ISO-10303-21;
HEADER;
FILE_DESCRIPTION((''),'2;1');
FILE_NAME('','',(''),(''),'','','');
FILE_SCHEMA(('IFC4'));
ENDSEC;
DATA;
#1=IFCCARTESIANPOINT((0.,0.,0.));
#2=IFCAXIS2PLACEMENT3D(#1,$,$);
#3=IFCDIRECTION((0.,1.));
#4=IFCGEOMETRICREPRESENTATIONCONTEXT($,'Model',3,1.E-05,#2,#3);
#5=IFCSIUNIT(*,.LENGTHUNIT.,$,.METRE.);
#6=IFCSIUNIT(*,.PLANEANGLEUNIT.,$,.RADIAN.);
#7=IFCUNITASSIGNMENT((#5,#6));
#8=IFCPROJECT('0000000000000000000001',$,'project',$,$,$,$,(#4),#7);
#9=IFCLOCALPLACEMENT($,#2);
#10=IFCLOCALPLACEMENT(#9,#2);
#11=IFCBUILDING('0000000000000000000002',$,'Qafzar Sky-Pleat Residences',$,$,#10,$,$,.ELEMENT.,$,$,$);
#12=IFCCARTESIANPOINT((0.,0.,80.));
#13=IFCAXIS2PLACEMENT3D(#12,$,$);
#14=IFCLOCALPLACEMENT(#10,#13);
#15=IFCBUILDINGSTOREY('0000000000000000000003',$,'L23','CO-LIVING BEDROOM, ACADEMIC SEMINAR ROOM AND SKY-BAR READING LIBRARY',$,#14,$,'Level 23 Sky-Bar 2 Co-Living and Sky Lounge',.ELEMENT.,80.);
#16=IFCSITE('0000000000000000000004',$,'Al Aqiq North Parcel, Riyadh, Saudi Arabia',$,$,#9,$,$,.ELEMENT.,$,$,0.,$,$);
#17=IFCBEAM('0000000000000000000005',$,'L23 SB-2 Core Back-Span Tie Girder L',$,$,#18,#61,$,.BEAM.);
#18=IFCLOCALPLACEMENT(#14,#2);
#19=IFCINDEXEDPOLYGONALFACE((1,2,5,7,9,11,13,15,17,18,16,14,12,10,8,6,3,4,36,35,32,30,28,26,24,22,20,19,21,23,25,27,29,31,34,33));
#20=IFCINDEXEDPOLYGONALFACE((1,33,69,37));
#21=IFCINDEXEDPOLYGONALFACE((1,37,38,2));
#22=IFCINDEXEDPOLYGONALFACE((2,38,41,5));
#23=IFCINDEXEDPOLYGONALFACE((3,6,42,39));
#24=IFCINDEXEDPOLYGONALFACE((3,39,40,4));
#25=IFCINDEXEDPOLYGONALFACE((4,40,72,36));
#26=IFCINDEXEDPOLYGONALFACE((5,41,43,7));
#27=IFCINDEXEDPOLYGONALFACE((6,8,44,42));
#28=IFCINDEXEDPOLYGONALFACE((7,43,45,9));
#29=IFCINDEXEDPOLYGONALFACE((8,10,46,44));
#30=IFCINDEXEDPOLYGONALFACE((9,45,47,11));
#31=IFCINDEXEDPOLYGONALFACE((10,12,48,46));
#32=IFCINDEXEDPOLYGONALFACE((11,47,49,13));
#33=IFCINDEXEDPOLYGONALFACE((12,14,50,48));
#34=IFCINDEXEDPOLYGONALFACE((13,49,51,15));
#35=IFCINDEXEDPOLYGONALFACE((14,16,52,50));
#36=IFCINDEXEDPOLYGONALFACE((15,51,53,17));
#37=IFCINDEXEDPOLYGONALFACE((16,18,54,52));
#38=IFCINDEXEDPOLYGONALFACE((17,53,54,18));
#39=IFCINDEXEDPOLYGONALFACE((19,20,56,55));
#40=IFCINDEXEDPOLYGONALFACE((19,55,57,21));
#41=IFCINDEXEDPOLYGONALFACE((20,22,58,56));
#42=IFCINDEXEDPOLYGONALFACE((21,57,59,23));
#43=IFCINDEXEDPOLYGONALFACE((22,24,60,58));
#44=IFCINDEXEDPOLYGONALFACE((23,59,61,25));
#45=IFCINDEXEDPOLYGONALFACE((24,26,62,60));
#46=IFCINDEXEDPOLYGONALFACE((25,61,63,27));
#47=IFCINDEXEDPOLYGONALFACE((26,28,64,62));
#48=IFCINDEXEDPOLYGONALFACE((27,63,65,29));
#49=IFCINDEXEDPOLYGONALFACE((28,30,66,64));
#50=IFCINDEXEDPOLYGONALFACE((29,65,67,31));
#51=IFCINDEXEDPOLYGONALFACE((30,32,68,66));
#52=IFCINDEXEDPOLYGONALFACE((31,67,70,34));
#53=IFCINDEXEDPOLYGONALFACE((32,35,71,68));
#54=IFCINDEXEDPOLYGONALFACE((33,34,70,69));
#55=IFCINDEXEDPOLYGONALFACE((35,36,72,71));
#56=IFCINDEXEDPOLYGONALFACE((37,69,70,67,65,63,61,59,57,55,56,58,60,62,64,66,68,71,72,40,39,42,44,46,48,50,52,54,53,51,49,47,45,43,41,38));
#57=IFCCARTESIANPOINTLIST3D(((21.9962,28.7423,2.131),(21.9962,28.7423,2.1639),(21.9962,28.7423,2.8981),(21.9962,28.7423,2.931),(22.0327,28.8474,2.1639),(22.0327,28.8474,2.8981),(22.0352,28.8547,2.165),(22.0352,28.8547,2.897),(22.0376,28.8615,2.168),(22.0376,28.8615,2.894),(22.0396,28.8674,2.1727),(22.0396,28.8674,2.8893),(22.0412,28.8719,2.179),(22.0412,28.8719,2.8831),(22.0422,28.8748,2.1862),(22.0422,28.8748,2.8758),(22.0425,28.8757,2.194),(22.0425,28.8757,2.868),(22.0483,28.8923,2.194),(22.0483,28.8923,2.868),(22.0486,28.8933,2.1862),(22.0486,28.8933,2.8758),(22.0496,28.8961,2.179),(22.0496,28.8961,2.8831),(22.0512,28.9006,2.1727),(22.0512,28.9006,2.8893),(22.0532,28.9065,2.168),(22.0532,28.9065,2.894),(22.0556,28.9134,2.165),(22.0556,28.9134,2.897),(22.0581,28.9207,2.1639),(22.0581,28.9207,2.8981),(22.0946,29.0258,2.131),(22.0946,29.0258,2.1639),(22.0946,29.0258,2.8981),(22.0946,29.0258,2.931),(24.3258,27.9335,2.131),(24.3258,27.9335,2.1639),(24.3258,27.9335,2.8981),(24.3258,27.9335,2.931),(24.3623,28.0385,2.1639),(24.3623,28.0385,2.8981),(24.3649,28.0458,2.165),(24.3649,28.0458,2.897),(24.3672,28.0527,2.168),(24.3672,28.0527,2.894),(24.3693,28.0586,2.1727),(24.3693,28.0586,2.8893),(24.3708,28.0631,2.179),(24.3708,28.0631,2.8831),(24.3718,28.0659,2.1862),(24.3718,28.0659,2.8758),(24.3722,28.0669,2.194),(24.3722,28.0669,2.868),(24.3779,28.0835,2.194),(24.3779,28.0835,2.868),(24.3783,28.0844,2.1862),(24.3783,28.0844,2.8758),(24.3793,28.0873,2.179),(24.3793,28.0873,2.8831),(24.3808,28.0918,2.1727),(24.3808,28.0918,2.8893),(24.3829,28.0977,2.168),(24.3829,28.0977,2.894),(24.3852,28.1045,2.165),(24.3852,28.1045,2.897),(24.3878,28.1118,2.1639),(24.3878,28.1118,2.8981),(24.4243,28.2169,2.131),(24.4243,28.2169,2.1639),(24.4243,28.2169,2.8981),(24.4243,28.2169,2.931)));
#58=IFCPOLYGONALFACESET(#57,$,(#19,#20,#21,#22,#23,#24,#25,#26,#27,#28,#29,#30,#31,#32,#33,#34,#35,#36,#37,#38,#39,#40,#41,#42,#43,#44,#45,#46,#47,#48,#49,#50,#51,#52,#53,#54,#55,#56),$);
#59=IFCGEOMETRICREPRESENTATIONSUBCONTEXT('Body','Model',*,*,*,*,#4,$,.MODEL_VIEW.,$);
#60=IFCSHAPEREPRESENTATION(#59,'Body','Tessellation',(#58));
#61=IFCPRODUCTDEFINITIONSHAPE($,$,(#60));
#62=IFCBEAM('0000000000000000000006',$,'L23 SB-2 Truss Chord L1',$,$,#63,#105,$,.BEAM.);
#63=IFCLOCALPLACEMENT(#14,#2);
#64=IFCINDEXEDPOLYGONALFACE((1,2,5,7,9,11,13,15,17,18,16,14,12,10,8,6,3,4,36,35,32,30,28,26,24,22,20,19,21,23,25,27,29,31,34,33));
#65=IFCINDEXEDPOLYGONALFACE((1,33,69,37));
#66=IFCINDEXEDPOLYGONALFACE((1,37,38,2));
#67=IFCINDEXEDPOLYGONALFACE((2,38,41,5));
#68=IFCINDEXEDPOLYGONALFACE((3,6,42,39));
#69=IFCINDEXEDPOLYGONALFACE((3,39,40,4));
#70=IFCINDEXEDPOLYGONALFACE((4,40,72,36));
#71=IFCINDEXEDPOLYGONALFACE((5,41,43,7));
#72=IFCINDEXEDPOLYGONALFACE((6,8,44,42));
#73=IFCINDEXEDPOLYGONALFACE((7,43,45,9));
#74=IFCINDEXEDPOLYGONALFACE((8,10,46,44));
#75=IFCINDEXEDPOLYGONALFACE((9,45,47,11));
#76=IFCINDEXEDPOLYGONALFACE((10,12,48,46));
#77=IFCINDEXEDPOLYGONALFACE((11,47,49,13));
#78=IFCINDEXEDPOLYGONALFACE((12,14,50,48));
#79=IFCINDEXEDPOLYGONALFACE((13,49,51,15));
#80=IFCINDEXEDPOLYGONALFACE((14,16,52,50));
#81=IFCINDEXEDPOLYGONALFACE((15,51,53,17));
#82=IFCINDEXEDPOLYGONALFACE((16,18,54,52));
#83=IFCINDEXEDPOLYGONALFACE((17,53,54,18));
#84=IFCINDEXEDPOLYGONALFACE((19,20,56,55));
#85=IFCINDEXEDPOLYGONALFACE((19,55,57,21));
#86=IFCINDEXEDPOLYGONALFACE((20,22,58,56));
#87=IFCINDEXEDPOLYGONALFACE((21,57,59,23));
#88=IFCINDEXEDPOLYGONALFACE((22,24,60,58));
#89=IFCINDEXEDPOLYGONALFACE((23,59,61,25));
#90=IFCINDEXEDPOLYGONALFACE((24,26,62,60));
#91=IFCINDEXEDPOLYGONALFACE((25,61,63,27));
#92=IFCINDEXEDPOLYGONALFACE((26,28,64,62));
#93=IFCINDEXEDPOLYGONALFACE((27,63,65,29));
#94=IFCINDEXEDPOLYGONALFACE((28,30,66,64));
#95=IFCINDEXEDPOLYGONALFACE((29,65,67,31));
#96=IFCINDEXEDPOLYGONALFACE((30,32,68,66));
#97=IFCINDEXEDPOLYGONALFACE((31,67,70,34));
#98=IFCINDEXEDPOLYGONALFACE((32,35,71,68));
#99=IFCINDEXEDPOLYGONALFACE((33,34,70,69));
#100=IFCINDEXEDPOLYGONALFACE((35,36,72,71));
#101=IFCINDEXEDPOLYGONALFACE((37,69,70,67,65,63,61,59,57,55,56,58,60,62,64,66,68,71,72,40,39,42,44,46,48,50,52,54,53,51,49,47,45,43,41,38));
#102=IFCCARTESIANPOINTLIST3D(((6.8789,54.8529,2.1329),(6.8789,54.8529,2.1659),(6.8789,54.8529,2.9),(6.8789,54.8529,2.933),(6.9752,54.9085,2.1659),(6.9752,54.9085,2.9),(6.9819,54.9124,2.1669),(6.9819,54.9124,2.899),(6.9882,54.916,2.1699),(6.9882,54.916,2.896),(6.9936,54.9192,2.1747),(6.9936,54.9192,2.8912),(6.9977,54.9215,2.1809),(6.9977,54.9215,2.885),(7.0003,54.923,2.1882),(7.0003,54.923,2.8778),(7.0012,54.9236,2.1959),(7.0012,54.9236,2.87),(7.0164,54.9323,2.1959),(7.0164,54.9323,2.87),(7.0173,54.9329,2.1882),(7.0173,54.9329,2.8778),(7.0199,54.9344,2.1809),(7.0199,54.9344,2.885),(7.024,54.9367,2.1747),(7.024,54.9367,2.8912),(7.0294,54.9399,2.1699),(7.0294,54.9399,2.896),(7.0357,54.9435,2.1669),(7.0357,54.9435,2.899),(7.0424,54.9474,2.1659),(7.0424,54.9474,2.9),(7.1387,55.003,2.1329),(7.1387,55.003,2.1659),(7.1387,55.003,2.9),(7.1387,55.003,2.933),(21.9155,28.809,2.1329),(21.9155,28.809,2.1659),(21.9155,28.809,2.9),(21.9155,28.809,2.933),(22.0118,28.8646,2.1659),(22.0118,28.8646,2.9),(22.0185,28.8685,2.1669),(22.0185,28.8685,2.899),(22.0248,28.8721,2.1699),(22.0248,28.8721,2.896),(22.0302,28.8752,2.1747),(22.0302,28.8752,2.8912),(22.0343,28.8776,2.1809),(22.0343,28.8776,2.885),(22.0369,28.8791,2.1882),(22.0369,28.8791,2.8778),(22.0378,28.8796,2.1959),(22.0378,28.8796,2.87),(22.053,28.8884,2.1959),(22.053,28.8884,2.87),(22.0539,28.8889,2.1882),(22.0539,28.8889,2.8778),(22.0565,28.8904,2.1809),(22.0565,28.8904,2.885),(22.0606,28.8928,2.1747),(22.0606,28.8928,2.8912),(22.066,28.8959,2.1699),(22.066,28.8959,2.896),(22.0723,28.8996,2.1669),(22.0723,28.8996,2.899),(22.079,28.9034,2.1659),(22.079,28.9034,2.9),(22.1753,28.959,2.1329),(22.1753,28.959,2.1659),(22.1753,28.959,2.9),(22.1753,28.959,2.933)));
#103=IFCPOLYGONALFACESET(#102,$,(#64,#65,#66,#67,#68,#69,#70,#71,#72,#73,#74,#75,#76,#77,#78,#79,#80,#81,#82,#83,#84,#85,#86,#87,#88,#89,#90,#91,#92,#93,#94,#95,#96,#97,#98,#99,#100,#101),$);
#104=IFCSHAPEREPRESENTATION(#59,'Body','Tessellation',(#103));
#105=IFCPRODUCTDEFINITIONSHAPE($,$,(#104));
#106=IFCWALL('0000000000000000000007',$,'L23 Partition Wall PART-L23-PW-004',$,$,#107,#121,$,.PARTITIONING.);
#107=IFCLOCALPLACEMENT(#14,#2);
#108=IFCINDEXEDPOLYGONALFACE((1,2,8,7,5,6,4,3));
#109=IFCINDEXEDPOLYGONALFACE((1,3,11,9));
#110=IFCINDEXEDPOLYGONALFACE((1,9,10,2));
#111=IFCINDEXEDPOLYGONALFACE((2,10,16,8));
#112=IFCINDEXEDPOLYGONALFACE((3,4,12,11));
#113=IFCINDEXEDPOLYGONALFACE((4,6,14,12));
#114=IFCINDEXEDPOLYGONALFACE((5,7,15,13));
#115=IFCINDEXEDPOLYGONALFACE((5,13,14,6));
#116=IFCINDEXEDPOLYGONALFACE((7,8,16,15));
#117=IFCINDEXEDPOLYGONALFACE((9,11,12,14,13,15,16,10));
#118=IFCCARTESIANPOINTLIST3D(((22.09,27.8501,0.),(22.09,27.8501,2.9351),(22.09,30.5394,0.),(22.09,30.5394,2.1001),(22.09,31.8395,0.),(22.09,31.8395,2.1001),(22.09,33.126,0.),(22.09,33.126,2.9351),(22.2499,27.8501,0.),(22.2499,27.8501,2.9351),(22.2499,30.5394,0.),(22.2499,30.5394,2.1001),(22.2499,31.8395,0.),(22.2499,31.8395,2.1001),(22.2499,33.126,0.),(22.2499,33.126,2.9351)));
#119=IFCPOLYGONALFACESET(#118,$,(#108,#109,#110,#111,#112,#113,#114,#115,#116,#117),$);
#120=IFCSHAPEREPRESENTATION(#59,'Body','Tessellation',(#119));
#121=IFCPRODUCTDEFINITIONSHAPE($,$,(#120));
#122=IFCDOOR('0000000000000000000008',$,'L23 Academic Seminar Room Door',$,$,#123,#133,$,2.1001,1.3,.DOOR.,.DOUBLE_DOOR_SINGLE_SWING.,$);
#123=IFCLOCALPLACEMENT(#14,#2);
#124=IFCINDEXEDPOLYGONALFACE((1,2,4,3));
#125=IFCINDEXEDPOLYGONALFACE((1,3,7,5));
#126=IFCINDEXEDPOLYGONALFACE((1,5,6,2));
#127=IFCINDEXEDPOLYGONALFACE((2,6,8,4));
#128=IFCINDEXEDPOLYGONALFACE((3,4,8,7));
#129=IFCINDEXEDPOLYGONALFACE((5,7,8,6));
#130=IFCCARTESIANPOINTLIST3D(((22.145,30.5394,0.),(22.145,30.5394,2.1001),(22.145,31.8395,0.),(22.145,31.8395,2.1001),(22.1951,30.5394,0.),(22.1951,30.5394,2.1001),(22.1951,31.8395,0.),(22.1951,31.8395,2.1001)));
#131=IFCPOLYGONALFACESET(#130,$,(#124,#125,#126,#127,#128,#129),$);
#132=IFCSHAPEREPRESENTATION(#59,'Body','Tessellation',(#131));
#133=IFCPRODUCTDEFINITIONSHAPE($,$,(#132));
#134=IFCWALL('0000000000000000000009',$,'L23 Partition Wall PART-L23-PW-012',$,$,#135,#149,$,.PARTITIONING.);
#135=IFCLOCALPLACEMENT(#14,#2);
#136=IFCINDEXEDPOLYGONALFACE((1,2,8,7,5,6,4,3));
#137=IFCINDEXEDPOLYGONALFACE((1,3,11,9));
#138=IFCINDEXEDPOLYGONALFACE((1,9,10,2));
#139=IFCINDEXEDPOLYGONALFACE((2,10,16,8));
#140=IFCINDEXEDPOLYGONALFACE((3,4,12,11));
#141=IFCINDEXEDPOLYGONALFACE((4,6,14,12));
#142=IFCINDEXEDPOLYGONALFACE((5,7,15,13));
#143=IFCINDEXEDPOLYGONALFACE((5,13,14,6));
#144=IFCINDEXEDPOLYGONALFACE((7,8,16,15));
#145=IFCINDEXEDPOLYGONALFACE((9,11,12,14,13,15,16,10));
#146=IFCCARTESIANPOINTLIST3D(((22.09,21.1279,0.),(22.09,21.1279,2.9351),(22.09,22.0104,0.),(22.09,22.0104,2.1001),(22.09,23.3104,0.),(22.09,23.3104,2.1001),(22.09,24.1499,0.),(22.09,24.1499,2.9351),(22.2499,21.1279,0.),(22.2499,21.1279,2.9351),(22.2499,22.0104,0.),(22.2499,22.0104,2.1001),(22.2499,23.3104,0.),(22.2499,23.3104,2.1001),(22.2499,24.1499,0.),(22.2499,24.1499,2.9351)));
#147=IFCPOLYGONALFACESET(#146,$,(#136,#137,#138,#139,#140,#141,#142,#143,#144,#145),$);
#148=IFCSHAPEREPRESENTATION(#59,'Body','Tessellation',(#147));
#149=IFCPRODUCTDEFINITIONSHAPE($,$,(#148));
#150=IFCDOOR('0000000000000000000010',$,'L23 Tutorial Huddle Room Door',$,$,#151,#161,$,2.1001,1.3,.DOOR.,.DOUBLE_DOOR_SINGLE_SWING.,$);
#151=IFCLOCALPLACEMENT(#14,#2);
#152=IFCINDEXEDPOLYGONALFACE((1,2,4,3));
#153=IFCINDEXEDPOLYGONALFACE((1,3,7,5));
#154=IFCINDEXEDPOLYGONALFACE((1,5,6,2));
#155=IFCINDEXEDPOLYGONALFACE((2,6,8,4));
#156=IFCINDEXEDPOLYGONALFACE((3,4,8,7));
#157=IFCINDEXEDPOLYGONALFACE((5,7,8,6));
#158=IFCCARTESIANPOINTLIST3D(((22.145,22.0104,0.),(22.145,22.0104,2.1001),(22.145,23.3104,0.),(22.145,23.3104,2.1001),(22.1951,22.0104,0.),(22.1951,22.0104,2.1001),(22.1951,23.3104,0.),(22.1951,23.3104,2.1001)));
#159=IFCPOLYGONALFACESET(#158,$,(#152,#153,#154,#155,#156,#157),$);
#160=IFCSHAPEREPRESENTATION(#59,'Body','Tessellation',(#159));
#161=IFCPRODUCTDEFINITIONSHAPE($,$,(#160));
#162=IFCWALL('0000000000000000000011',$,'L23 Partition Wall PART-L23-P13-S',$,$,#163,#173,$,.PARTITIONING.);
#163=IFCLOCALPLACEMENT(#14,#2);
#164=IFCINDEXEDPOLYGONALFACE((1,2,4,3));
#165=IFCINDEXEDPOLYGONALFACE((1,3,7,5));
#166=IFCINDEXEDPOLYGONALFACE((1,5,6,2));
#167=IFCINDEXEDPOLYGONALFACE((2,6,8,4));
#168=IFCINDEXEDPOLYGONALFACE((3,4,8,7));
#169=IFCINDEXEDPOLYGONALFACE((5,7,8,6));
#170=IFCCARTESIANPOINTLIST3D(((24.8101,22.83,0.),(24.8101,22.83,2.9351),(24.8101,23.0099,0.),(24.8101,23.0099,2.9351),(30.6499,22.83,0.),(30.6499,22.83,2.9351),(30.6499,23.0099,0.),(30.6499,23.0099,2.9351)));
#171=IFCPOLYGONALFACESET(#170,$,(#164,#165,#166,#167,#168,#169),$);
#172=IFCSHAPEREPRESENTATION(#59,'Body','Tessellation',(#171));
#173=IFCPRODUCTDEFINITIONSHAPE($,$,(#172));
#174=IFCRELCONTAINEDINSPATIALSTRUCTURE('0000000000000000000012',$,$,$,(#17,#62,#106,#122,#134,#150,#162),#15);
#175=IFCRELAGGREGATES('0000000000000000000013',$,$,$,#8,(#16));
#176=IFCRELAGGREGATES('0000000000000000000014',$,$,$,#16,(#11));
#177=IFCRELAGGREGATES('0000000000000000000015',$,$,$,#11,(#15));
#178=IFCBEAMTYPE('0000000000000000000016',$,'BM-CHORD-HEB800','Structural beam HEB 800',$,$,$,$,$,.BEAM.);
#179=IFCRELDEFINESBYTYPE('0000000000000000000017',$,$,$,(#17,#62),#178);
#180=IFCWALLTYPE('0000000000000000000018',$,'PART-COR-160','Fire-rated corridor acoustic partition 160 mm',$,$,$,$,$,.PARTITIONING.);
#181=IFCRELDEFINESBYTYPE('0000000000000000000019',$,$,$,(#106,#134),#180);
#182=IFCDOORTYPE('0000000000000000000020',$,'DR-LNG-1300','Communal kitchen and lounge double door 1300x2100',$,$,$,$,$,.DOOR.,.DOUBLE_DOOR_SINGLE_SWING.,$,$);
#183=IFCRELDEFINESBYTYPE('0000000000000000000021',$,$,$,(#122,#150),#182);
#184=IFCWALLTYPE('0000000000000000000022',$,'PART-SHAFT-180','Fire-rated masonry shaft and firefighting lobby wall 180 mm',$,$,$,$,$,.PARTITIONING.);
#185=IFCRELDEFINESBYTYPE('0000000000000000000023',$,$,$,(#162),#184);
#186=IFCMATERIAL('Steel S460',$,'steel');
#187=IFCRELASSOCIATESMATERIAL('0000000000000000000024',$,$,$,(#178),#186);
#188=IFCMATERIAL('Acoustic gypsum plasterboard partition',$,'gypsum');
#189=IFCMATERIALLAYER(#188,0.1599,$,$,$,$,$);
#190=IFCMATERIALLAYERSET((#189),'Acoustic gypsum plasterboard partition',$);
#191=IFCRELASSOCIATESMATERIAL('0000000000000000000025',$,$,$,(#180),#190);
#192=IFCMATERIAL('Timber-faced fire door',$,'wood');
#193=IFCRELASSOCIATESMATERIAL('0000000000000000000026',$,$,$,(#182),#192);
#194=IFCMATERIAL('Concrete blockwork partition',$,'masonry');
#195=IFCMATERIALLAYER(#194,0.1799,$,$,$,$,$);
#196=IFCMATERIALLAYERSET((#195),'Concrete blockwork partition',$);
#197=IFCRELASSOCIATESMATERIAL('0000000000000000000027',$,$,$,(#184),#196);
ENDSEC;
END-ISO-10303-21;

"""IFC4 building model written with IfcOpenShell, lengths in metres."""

from ifc_helpers import new_model, si_unit, direction, frame, frame_2d, origin, origin_2d, place, context, subcontext, project, spatial, rectangle, i_section, extrude, source, transform, mapped, material, layer, layer_set, material_profile, profile_set, type_object, element, fill, save


model = new_model("IFC4")

# Units and contexts
model_context = context("Model", 3, precision=1e-05, world=origin(), true_north=direction((0.0, 1.0)))
body_context = subcontext(model_context, "Body", "Model", "MODEL_VIEW")
ifc_project = project(units=[si_unit("LENGTHUNIT", "METRE"), si_unit("PLANEANGLEUNIT", "RADIAN")], contexts=[model_context])

# Site, building, storey
site_placement = place(None, origin())
site = spatial("IfcSite", under=ifc_project, at=site_placement, Name="Al Aqiq North Parcel, Riyadh, Saudi Arabia", CompositionType="ELEMENT", RefElevation=0.0)
building_placement = place(site_placement, origin())
building = spatial("IfcBuilding", under=site, at=building_placement, Name="Qafzar Sky-Pleat Residences", CompositionType="ELEMENT")
storey_placement = place(building_placement, frame((0.0, 0.0, 80.0)))
storey = spatial("IfcBuildingStorey", under=building, at=storey_placement, Name="L23", Description="CO-LIVING BEDROOM, ACADEMIC SEMINAR ROOM AND SKY-BAR READING LIBRARY", LongName="Level 23 Sky-Bar 2 Co-Living and Sky Lounge", CompositionType="ELEMENT", Elevation=80.0)

# Beams
ifc_material_1 = material(Name="Steel S460", Category="steel")
ifc_material_profile = material_profile(ifc_material_1, i_section(OverallWidth=0.3, OverallDepth=0.8, WebThickness=0.0176, FlangeThickness=0.033, FilletRadius=0.03, at=origin_2d()), Name="HEB 800")
ifc_profile_set = profile_set([ifc_material_profile], Name="Steel S460")
beam_type = type_object("IfcBeamType", Name="BM-CHORD-HEB800", Description="Structural beam HEB 800", PredefinedType="BEAM", material=ifc_profile_set)
shared_shape_1 = source(origin(), body_context, "Body", "SweptSolid", [
    extrude(i_section(OverallWidth=0.3, OverallDepth=0.8, WebThickness=0.0176, FlangeThickness=0.033, FilletRadius=0.03, at=origin_2d()), origin(), (0.0, 0.0, 1.0), 2.4661),
])
beam_1_placement = place(storey_placement, frame((22.0454, 28.884, 2.531), z_axis=(0.94468, -0.327995, 0.0), x_axis=(0.327995, 0.94468, 0.0)))
element("IfcBeam", 1, at=beam_1_placement, inside=storey, type_object=beam_type, Name="L23 SB-2 Core Back-Span Tie Girder L", PredefinedType="BEAM", context=body_context, shape_type="MappedRepresentation", body=[
    mapped(shared_shape_1, transform((0.0, 0.0, 0.0), x_axis=(1.0, 0.0, 0.0), y_axis=(0.0, 1.0, 0.0), z_axis=(0.0, 0.0, 1.0), scale=1.0)),
])
shared_shape_2 = source(origin(), body_context, "Body", "SweptSolid", [
    extrude(i_section(OverallWidth=0.3, OverallDepth=0.8, WebThickness=0.0176, FlangeThickness=0.033, FilletRadius=0.03, at=origin_2d()), origin(), (0.0, 0.0, 1.0), 30.073),
])
beam_2_placement = place(storey_placement, frame((22.0454, 28.884, 2.533), z_axis=(-0.500004, 0.866023, 0.0), x_axis=(-0.866023, -0.500004, 0.0)))
element("IfcBeam", 2, at=beam_2_placement, inside=storey, type_object=beam_type, Name="L23 SB-2 Truss Chord L1", PredefinedType="BEAM", context=body_context, shape_type="MappedRepresentation", body=[
    mapped(shared_shape_2, transform((0.0, 0.0, 0.0), x_axis=(1.0, 0.0, 0.0), y_axis=(0.0, 1.0, 0.0), z_axis=(0.0, 0.0, 1.0), scale=1.0)),
])

# Walls, openings, doors
ifc_material_2 = material(Name="Acoustic gypsum plasterboard partition", Category="gypsum")
ifc_layer_1 = layer(ifc_material_2, 0.1599)
ifc_layer_set_1 = layer_set([ifc_layer_1], Name="Acoustic gypsum plasterboard partition")
wall_type_1 = type_object("IfcWallType", Name="PART-COR-160", Description="Fire-rated corridor acoustic partition 160 mm", PredefinedType="PARTITIONING", material=ifc_layer_set_1)
wall_1_placement = place(storey_placement, frame((22.1699, 27.8501, 0.0), z_axis=(0.0, 0.0, 1.0), x_axis=(0.0, 1.0, 0.0)))
wall_1 = element("IfcWall", 3, at=wall_1_placement, inside=storey, type_object=wall_type_1, Name="L23 Partition Wall PART-L23-PW-004", PredefinedType="PARTITIONING", context=body_context, shape_type="SweptSolid", body=[
    extrude(rectangle(XDim=5.2759, YDim=0.1599, at=frame_2d((2.6379, 0.0))), origin(), (0.0, 0.0, 1.0), 2.9351),
])
opening_1_placement = place(wall_1_placement, frame((2.6895, 0.0, 0.0)))
opening_1 = element("IfcOpeningElement", 4, at=opening_1_placement, cuts=wall_1, PredefinedType="OPENING", context=body_context, shape_type="SweptSolid", body=[
    extrude(rectangle(XDim=1.3, YDim=2.1001, at=frame_2d((0.6499, 1.05))), frame((0.0, 0.0898, 0.0), z_axis=(0.0, -1.0, 0.0), x_axis=(1.0, 0.0, 0.0)), (0.0, 0.0, 1.0), 0.1799),
])
ifc_material_3 = material(Name="Timber-faced fire door", Category="wood")
door_type_1 = type_object("IfcDoorType", Name="DR-LNG-1300", Description="Communal kitchen and lounge double door 1300x2100", OperationType="DOUBLE_DOOR_SINGLE_SWING", PredefinedType="DOOR", material=ifc_material_3)
shared_shape_3 = source(origin(), body_context, "Body", "SweptSolid", [
    extrude(rectangle(XDim=1.3, YDim=2.1001, at=frame_2d((0.6499, 1.05))), frame((0.0, 0.0249, 0.0), z_axis=(0.0, -1.0, 0.0), x_axis=(1.0, 0.0, 0.0)), (0.0, 0.0, 1.0), 0.05),
])
door_1_placement = place(opening_1_placement, origin())
door_1 = element("IfcDoor", 5, at=door_1_placement, inside=storey, type_object=door_type_1, Name="L23 Academic Seminar Room Door", OperationType="DOUBLE_DOOR_SINGLE_SWING", OverallHeight=2.1001, OverallWidth=1.3, PredefinedType="DOOR", context=body_context, shape_type="MappedRepresentation", body=[
    mapped(shared_shape_3, transform((0.0, 0.0, 0.0), x_axis=(1.0, 0.0, 0.0), y_axis=(0.0, 1.0, 0.0), z_axis=(0.0, 0.0, 1.0), scale=1.0)),
])
fill(opening_1, door_1)
wall_2_placement = place(storey_placement, frame((22.1699, 21.1279, 0.0), z_axis=(0.0, 0.0, 1.0), x_axis=(0.0, 1.0, 0.0)))
wall_2 = element("IfcWall", 6, at=wall_2_placement, inside=storey, type_object=wall_type_1, Name="L23 Partition Wall PART-L23-PW-012", PredefinedType="PARTITIONING", context=body_context, shape_type="SweptSolid", body=[
    extrude(rectangle(XDim=3.022, YDim=0.1599, at=frame_2d((1.511, 0.0))), origin(), (0.0, 0.0, 1.0), 2.9351),
])
opening_2_placement = place(wall_2_placement, frame((0.8826, 0.0, 0.0)))
opening_2 = element("IfcOpeningElement", 7, at=opening_2_placement, cuts=wall_2, PredefinedType="OPENING", context=body_context, shape_type="SweptSolid", body=[
    extrude(rectangle(XDim=1.3, YDim=2.1001, at=frame_2d((0.6499, 1.05))), frame((0.0, 0.0898, 0.0), z_axis=(0.0, -1.0, 0.0), x_axis=(1.0, 0.0, 0.0)), (0.0, 0.0, 1.0), 0.1799),
])
door_2_placement = place(opening_2_placement, origin())
door_2 = element("IfcDoor", 8, at=door_2_placement, inside=storey, type_object=door_type_1, Name="L23 Tutorial Huddle Room Door", OperationType="DOUBLE_DOOR_SINGLE_SWING", OverallHeight=2.1001, OverallWidth=1.3, PredefinedType="DOOR", context=body_context, shape_type="MappedRepresentation", body=[
    mapped(shared_shape_3, transform((0.0, 0.0, 0.0), x_axis=(1.0, 0.0, 0.0), y_axis=(0.0, 1.0, 0.0), z_axis=(0.0, 0.0, 1.0), scale=1.0)),
])
fill(opening_2, door_2)

# Wall
ifc_material_4 = material(Name="Concrete blockwork partition", Category="masonry")
ifc_layer_2 = layer(ifc_material_4, 0.1799)
ifc_layer_set_2 = layer_set([ifc_layer_2], Name="Concrete blockwork partition")
wall_type_2 = type_object("IfcWallType", Name="PART-SHAFT-180", Description="Fire-rated masonry shaft and firefighting lobby wall 180 mm", PredefinedType="PARTITIONING", material=ifc_layer_set_2)
wall_3_placement = place(storey_placement, frame((24.8101, 22.9199, 0.0), z_axis=(0.0, 0.0, 1.0), x_axis=(1.0, 0.0, 0.0)))
element("IfcWall", 9, at=wall_3_placement, inside=storey, type_object=wall_type_2, Name="L23 Partition Wall PART-L23-P13-S", PredefinedType="PARTITIONING", context=body_context, shape_type="SweptSolid", body=[
    extrude(rectangle(XDim=5.8398, YDim=0.1799, at=frame_2d((2.9199, 0.0))), origin(), (0.0, 0.0, 1.0), 2.9351),
])

save(model, "model.ifc")
